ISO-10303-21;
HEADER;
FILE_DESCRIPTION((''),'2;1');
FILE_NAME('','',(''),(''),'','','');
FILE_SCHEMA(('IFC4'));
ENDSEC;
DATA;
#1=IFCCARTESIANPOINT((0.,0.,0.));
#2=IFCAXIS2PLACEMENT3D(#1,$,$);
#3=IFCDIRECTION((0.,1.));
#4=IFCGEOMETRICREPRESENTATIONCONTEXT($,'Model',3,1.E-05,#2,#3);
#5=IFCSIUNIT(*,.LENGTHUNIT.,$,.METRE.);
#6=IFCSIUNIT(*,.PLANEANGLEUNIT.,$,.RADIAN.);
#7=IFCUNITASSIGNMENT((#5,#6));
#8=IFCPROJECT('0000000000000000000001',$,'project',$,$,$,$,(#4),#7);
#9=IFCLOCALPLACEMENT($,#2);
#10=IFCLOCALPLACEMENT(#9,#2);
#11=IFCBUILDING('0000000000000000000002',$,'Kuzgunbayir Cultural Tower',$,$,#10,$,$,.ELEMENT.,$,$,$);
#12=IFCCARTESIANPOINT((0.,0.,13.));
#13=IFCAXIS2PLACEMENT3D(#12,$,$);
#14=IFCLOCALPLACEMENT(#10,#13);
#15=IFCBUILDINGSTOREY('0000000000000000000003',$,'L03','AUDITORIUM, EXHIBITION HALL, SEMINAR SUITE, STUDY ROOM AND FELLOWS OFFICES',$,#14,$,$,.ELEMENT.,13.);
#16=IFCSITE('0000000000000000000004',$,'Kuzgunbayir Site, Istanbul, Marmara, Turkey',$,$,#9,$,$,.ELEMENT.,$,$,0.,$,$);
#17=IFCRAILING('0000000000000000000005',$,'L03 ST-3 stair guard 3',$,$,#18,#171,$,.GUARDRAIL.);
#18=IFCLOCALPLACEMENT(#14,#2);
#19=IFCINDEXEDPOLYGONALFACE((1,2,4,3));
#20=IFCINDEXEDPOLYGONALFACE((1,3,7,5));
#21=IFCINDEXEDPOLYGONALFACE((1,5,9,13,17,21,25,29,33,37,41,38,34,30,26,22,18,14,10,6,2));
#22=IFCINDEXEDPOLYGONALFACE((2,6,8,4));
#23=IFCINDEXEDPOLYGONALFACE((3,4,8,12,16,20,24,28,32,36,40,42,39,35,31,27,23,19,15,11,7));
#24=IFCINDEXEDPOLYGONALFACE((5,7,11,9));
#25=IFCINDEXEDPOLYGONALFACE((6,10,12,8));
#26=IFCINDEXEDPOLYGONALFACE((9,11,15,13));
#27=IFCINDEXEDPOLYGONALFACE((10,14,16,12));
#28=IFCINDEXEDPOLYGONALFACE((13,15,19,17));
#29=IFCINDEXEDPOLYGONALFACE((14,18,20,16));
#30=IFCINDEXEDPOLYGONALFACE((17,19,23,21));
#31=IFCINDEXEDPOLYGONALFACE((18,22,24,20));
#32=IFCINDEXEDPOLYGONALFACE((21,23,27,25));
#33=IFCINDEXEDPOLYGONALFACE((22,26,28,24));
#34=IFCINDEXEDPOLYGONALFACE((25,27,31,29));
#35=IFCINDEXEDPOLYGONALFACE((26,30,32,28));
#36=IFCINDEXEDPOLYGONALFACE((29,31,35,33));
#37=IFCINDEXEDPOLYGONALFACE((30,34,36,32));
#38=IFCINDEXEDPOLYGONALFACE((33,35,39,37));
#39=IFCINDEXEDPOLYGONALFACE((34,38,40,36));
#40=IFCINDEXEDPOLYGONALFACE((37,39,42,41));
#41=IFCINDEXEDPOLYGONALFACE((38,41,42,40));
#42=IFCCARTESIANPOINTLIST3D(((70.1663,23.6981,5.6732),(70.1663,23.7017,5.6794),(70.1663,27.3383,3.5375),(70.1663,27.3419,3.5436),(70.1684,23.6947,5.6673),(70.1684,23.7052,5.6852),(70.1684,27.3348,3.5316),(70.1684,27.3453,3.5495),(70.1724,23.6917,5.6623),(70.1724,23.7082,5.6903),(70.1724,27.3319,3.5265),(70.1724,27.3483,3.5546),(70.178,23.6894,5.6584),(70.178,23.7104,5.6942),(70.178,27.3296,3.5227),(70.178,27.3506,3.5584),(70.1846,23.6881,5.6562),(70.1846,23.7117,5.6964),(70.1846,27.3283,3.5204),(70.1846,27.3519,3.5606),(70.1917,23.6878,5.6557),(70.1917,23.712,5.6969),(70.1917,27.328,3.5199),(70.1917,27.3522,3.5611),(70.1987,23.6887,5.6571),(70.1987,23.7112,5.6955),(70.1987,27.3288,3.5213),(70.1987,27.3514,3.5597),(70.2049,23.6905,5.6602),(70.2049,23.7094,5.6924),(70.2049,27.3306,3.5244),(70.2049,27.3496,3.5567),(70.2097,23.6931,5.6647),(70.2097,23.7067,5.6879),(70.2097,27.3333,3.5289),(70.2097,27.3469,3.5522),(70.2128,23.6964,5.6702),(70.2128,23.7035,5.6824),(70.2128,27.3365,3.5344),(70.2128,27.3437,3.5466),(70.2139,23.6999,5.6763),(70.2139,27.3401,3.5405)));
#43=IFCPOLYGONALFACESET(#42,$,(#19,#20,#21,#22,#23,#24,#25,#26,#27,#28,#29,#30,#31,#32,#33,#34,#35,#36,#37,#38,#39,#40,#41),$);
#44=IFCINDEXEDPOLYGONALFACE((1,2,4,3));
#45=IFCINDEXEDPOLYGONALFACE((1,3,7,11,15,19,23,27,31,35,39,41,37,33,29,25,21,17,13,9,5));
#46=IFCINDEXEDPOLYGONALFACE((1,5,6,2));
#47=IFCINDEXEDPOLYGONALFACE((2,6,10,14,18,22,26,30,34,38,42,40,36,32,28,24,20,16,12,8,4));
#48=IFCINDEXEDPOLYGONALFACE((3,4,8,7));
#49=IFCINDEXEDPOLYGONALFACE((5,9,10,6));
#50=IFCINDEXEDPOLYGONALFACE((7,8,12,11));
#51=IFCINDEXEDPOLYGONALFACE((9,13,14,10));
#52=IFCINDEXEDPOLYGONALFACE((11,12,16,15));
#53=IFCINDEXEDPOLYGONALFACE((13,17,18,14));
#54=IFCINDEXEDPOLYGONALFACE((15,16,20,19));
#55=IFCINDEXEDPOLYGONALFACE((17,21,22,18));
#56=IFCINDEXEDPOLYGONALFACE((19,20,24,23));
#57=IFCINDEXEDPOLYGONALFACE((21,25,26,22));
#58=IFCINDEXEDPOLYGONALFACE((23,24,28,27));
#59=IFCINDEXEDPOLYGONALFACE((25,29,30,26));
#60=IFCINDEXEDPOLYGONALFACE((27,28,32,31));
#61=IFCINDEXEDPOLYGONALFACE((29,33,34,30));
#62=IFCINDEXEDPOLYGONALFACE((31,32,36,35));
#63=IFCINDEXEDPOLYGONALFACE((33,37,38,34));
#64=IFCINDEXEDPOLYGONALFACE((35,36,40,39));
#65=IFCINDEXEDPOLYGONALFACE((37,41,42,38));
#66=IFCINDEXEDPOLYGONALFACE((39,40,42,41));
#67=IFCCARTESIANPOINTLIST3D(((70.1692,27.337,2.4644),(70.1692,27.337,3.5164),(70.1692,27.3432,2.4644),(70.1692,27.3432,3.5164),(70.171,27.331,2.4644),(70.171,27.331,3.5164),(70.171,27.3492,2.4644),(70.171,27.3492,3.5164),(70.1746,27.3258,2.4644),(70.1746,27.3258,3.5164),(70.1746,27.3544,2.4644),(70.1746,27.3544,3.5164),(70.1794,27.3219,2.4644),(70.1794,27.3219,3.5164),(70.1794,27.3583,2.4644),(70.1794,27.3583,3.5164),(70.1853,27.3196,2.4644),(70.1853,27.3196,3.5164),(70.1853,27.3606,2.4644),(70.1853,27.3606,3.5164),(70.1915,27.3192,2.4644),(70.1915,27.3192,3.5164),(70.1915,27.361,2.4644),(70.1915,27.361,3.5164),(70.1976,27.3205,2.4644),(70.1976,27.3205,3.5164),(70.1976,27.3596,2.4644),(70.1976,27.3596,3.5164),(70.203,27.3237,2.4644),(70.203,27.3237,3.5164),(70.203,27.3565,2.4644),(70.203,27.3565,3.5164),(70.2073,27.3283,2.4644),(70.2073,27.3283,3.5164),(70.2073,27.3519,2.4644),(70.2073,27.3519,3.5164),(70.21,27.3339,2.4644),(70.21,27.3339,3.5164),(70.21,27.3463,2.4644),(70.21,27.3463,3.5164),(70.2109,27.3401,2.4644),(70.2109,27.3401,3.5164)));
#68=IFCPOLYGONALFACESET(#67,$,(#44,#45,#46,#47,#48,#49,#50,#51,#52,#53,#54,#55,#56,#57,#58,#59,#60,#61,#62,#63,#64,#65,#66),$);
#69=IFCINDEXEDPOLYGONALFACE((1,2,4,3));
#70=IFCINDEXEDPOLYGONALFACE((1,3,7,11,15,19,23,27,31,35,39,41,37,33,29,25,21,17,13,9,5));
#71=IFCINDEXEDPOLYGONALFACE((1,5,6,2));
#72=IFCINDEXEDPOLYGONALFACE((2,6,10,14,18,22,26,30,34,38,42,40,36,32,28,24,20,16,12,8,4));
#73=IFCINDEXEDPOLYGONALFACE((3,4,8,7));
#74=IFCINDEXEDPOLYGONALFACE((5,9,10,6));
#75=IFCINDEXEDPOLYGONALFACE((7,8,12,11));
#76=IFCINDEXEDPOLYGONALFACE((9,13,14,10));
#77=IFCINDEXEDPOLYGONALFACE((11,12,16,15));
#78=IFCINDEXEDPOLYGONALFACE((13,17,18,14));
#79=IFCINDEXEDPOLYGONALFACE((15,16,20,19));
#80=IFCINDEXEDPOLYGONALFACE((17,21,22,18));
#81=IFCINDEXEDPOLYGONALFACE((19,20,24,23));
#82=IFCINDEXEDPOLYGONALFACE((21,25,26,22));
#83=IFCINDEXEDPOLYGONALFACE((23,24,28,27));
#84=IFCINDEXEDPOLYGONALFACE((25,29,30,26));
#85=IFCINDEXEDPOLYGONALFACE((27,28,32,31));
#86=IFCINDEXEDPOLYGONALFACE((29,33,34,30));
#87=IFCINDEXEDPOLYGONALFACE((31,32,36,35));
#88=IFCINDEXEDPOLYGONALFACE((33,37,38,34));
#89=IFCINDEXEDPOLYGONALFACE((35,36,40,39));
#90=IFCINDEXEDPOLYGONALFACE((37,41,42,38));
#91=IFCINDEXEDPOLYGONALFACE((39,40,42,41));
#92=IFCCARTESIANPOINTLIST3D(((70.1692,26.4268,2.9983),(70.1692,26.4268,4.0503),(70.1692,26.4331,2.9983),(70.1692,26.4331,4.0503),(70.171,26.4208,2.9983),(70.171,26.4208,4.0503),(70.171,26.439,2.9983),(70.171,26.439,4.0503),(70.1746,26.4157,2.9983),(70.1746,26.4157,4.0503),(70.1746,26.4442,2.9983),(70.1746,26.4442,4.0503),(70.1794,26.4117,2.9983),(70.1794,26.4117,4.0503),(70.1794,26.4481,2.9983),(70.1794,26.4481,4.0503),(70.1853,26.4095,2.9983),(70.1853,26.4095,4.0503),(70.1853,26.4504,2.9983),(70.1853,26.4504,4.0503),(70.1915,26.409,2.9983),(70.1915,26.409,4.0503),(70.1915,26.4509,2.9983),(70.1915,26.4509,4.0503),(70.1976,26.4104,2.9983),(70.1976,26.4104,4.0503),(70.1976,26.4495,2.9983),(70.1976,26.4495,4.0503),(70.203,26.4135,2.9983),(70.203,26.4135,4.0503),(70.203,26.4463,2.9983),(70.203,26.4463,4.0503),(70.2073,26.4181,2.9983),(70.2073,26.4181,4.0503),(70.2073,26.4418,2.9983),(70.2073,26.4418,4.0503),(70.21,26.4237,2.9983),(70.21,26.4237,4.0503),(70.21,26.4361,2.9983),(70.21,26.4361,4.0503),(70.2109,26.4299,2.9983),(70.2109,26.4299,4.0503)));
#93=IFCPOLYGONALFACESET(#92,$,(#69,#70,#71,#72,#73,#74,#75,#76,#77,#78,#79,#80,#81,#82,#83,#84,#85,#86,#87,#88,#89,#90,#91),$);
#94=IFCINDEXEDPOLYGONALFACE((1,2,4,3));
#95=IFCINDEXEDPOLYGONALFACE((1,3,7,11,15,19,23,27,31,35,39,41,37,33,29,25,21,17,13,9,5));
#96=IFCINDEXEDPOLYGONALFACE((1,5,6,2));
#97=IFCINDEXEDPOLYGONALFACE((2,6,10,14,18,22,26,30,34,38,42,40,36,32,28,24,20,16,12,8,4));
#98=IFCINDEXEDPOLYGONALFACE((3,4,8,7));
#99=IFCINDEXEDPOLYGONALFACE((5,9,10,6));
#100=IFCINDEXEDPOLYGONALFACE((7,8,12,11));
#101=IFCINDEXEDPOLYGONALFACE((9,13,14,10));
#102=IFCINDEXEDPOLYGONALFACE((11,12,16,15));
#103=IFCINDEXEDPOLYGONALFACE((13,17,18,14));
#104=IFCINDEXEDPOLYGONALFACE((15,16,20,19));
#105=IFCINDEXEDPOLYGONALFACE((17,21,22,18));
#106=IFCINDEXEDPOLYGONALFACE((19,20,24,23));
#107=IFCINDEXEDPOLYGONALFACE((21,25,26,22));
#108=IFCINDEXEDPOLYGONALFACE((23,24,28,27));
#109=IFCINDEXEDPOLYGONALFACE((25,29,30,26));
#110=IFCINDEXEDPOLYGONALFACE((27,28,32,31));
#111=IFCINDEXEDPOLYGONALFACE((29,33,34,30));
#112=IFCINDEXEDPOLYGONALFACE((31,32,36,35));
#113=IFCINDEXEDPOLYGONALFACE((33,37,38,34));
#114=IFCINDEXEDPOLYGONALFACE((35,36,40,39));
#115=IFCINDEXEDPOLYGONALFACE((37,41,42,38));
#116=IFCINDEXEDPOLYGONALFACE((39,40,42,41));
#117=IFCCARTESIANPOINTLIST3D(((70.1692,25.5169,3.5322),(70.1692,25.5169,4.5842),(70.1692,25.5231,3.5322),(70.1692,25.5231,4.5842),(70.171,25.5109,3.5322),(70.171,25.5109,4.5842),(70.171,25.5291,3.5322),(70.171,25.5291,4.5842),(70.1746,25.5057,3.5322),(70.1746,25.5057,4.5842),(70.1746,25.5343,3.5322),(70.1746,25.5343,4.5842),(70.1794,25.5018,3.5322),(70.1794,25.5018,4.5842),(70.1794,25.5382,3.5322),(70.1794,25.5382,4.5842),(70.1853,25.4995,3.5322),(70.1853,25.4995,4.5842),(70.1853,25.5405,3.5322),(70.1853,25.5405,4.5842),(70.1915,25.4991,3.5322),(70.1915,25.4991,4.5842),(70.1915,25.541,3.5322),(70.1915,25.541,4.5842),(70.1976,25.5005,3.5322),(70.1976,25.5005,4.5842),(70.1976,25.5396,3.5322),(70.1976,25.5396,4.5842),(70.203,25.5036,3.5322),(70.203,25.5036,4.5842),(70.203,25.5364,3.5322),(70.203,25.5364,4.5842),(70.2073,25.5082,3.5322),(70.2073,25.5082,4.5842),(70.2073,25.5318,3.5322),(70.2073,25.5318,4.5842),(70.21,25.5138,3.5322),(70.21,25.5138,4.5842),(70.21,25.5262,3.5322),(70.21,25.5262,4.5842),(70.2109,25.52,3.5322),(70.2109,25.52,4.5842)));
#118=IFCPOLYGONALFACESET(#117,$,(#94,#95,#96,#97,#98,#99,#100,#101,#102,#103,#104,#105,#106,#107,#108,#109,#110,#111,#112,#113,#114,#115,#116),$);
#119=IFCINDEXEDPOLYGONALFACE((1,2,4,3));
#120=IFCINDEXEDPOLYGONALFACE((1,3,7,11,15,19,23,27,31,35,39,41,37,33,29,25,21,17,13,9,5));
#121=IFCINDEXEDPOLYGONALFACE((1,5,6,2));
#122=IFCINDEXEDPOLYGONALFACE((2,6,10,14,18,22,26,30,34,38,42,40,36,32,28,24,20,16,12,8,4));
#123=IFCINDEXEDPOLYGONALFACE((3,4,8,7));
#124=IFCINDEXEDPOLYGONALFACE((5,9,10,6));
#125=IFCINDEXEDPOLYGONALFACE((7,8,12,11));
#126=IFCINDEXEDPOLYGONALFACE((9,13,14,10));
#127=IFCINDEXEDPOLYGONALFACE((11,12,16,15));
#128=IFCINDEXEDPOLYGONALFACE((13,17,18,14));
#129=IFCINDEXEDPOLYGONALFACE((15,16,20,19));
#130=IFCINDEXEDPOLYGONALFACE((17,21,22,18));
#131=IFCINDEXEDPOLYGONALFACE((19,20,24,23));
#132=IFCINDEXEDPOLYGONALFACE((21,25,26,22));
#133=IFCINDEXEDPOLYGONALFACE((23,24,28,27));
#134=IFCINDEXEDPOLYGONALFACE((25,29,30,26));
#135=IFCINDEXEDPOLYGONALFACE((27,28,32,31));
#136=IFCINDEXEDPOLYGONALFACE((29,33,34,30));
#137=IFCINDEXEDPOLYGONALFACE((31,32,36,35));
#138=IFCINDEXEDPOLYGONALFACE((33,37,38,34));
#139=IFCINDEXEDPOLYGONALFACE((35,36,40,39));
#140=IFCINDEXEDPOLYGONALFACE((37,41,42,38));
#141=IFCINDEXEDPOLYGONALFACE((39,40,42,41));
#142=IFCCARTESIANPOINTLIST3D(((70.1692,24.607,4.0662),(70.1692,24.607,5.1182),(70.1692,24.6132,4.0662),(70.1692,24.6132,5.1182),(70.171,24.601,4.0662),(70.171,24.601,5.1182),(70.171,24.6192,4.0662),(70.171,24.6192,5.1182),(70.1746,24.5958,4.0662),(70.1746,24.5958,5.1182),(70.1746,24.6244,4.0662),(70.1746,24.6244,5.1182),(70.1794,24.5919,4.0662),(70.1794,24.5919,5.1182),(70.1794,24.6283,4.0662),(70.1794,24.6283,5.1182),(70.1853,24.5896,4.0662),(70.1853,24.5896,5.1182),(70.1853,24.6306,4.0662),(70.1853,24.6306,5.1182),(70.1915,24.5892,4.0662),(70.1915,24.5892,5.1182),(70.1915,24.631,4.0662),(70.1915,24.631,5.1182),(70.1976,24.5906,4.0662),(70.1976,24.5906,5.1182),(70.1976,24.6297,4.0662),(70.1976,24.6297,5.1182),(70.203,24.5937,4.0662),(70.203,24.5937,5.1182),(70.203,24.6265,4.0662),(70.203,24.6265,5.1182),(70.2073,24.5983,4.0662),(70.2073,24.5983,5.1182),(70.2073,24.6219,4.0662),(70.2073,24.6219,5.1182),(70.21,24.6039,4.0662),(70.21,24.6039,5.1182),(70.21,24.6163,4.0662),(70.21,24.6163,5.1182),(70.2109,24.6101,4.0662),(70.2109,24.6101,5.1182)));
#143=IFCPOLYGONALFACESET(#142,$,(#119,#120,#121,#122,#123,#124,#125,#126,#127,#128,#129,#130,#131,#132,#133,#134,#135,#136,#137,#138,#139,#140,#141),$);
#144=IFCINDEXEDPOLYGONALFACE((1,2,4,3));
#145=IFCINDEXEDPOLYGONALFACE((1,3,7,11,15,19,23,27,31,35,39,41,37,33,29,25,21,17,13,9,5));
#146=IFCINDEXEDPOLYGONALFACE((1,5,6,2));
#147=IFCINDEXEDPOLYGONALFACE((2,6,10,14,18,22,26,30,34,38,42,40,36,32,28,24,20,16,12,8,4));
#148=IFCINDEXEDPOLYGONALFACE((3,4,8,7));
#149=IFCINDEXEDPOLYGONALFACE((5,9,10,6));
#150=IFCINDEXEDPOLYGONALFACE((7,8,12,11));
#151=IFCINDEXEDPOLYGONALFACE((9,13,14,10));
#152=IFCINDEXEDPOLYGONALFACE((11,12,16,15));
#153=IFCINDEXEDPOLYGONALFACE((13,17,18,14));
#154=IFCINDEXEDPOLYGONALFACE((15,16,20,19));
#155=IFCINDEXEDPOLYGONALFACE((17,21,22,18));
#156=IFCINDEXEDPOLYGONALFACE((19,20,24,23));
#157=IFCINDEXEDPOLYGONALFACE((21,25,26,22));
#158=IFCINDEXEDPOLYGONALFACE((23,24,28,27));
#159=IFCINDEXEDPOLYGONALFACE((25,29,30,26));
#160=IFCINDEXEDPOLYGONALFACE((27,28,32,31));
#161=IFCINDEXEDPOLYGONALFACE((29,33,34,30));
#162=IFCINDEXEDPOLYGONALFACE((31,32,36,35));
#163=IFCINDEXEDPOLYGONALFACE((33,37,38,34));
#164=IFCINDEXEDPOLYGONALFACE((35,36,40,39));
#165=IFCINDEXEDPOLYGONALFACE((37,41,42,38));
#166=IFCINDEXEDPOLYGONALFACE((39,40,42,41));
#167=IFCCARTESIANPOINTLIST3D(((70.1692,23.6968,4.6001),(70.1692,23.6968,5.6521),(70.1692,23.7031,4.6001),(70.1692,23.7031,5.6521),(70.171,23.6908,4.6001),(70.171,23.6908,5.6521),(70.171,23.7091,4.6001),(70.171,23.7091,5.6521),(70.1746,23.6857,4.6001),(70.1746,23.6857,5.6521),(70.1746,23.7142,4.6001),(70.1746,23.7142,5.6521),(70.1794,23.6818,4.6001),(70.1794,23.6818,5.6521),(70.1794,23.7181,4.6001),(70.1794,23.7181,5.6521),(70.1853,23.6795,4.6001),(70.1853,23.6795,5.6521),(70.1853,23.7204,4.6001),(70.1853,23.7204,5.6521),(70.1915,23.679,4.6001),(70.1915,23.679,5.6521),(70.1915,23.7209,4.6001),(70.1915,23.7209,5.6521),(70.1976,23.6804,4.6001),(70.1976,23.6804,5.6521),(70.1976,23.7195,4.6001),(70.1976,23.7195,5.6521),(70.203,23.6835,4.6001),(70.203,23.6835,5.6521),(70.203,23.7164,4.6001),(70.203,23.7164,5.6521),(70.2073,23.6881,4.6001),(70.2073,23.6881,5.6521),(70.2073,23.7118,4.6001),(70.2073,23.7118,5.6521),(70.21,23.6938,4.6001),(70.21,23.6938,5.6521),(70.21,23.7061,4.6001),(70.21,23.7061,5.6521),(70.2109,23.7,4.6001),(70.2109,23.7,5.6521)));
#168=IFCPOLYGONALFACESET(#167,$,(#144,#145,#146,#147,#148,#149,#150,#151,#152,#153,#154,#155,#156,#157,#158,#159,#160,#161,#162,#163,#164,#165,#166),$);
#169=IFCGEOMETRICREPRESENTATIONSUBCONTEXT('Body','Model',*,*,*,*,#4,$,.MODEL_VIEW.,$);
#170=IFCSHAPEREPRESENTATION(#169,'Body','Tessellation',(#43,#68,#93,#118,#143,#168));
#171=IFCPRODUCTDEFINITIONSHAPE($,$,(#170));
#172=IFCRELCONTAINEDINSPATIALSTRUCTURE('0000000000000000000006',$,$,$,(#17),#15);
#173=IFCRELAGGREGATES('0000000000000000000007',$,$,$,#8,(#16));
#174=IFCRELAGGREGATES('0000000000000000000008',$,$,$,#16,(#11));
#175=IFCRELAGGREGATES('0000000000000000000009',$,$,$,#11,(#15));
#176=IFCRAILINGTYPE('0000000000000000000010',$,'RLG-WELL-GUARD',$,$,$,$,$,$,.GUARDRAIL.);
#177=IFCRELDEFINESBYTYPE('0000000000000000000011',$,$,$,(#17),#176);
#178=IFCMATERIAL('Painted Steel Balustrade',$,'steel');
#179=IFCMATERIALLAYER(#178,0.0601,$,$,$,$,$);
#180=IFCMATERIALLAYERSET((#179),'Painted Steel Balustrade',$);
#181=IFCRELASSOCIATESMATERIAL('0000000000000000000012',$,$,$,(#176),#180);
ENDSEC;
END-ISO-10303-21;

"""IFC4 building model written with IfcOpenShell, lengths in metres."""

from ifc_helpers import new_model, si_unit, direction, frame, origin, origin_2d, place, context, subcontext, project, spatial, circle, extrude, material, layer, layer_set, type_object, element, save


model = new_model("IFC4")

# Units and contexts
model_context = context("Model", 3, precision=1e-05, world=origin(), true_north=direction((0.0, 1.0)))
body_context = subcontext(model_context, "Body", "Model", "MODEL_VIEW")
ifc_project = project(units=[si_unit("LENGTHUNIT", "METRE"), si_unit("PLANEANGLEUNIT", "RADIAN")], contexts=[model_context])

# Site, building, storey
site_placement = place(None, origin())
site = spatial("IfcSite", under=ifc_project, at=site_placement, Name="Kuzgunbayir Site, Istanbul, Marmara, Turkey", CompositionType="ELEMENT", RefElevation=0.0)
building_placement = place(site_placement, origin())
building = spatial("IfcBuilding", under=site, at=building_placement, Name="Kuzgunbayir Cultural Tower", CompositionType="ELEMENT")
storey_placement = place(building_placement, frame((0.0, 0.0, 13.0)))
storey = spatial("IfcBuildingStorey", under=building, at=storey_placement, Name="L03", Description="AUDITORIUM, EXHIBITION HALL, SEMINAR SUITE, STUDY ROOM AND FELLOWS OFFICES", CompositionType="ELEMENT", Elevation=13.0)

# Railing
ifc_material_1 = material(Name="Painted Steel Balustrade", Category="steel")
ifc_layer_1 = layer(ifc_material_1, 0.0601)
ifc_layer_set_1 = layer_set([ifc_layer_1], Name="Painted Steel Balustrade")
railing_type_1 = type_object("IfcRailingType", Name="RLG-WELL-GUARD", PredefinedType="GUARDRAIL", material=ifc_layer_set_1)
railing_1_placement = place(storey_placement, frame((70.1899, 27.3401, 2.4644)))
element("IfcRailing", 1, at=railing_1_placement, inside=storey, type_object=railing_type_1, Name="L03 ST-3 stair guard 3", PredefinedType="GUARDRAIL", context=body_context, shape_type="SweptSolid", body=[
    extrude(circle(Radius=0.0239, at=origin_2d()), frame((0.0, 0.0, 1.0762), z_axis=(0.0, -0.862505, 0.506049), x_axis=(1.0, 0.0, 0.0)), (0.0, 0.0, 1.0), 4.2205),
    extrude(circle(Radius=0.021, at=origin_2d()), origin(), (0.0, 0.0, 1.0), 1.052),
    extrude(circle(Radius=0.021, at=origin_2d()), frame((0.0, -0.9102, 0.5339)), (0.0, 0.0, 1.0), 1.052),
    extrude(circle(Radius=0.021, at=origin_2d()), frame((0.0, -1.8201, 1.0679)), (0.0, 0.0, 1.0), 1.052),
    extrude(circle(Radius=0.021, at=origin_2d()), frame((0.0, -2.73, 1.6018)), (0.0, 0.0, 1.0), 1.052),
    extrude(circle(Radius=0.021, at=origin_2d()), frame((0.0, -3.6401, 2.1357)), (0.0, 0.0, 1.0), 1.052),
])

save(model, "model.ifc")
